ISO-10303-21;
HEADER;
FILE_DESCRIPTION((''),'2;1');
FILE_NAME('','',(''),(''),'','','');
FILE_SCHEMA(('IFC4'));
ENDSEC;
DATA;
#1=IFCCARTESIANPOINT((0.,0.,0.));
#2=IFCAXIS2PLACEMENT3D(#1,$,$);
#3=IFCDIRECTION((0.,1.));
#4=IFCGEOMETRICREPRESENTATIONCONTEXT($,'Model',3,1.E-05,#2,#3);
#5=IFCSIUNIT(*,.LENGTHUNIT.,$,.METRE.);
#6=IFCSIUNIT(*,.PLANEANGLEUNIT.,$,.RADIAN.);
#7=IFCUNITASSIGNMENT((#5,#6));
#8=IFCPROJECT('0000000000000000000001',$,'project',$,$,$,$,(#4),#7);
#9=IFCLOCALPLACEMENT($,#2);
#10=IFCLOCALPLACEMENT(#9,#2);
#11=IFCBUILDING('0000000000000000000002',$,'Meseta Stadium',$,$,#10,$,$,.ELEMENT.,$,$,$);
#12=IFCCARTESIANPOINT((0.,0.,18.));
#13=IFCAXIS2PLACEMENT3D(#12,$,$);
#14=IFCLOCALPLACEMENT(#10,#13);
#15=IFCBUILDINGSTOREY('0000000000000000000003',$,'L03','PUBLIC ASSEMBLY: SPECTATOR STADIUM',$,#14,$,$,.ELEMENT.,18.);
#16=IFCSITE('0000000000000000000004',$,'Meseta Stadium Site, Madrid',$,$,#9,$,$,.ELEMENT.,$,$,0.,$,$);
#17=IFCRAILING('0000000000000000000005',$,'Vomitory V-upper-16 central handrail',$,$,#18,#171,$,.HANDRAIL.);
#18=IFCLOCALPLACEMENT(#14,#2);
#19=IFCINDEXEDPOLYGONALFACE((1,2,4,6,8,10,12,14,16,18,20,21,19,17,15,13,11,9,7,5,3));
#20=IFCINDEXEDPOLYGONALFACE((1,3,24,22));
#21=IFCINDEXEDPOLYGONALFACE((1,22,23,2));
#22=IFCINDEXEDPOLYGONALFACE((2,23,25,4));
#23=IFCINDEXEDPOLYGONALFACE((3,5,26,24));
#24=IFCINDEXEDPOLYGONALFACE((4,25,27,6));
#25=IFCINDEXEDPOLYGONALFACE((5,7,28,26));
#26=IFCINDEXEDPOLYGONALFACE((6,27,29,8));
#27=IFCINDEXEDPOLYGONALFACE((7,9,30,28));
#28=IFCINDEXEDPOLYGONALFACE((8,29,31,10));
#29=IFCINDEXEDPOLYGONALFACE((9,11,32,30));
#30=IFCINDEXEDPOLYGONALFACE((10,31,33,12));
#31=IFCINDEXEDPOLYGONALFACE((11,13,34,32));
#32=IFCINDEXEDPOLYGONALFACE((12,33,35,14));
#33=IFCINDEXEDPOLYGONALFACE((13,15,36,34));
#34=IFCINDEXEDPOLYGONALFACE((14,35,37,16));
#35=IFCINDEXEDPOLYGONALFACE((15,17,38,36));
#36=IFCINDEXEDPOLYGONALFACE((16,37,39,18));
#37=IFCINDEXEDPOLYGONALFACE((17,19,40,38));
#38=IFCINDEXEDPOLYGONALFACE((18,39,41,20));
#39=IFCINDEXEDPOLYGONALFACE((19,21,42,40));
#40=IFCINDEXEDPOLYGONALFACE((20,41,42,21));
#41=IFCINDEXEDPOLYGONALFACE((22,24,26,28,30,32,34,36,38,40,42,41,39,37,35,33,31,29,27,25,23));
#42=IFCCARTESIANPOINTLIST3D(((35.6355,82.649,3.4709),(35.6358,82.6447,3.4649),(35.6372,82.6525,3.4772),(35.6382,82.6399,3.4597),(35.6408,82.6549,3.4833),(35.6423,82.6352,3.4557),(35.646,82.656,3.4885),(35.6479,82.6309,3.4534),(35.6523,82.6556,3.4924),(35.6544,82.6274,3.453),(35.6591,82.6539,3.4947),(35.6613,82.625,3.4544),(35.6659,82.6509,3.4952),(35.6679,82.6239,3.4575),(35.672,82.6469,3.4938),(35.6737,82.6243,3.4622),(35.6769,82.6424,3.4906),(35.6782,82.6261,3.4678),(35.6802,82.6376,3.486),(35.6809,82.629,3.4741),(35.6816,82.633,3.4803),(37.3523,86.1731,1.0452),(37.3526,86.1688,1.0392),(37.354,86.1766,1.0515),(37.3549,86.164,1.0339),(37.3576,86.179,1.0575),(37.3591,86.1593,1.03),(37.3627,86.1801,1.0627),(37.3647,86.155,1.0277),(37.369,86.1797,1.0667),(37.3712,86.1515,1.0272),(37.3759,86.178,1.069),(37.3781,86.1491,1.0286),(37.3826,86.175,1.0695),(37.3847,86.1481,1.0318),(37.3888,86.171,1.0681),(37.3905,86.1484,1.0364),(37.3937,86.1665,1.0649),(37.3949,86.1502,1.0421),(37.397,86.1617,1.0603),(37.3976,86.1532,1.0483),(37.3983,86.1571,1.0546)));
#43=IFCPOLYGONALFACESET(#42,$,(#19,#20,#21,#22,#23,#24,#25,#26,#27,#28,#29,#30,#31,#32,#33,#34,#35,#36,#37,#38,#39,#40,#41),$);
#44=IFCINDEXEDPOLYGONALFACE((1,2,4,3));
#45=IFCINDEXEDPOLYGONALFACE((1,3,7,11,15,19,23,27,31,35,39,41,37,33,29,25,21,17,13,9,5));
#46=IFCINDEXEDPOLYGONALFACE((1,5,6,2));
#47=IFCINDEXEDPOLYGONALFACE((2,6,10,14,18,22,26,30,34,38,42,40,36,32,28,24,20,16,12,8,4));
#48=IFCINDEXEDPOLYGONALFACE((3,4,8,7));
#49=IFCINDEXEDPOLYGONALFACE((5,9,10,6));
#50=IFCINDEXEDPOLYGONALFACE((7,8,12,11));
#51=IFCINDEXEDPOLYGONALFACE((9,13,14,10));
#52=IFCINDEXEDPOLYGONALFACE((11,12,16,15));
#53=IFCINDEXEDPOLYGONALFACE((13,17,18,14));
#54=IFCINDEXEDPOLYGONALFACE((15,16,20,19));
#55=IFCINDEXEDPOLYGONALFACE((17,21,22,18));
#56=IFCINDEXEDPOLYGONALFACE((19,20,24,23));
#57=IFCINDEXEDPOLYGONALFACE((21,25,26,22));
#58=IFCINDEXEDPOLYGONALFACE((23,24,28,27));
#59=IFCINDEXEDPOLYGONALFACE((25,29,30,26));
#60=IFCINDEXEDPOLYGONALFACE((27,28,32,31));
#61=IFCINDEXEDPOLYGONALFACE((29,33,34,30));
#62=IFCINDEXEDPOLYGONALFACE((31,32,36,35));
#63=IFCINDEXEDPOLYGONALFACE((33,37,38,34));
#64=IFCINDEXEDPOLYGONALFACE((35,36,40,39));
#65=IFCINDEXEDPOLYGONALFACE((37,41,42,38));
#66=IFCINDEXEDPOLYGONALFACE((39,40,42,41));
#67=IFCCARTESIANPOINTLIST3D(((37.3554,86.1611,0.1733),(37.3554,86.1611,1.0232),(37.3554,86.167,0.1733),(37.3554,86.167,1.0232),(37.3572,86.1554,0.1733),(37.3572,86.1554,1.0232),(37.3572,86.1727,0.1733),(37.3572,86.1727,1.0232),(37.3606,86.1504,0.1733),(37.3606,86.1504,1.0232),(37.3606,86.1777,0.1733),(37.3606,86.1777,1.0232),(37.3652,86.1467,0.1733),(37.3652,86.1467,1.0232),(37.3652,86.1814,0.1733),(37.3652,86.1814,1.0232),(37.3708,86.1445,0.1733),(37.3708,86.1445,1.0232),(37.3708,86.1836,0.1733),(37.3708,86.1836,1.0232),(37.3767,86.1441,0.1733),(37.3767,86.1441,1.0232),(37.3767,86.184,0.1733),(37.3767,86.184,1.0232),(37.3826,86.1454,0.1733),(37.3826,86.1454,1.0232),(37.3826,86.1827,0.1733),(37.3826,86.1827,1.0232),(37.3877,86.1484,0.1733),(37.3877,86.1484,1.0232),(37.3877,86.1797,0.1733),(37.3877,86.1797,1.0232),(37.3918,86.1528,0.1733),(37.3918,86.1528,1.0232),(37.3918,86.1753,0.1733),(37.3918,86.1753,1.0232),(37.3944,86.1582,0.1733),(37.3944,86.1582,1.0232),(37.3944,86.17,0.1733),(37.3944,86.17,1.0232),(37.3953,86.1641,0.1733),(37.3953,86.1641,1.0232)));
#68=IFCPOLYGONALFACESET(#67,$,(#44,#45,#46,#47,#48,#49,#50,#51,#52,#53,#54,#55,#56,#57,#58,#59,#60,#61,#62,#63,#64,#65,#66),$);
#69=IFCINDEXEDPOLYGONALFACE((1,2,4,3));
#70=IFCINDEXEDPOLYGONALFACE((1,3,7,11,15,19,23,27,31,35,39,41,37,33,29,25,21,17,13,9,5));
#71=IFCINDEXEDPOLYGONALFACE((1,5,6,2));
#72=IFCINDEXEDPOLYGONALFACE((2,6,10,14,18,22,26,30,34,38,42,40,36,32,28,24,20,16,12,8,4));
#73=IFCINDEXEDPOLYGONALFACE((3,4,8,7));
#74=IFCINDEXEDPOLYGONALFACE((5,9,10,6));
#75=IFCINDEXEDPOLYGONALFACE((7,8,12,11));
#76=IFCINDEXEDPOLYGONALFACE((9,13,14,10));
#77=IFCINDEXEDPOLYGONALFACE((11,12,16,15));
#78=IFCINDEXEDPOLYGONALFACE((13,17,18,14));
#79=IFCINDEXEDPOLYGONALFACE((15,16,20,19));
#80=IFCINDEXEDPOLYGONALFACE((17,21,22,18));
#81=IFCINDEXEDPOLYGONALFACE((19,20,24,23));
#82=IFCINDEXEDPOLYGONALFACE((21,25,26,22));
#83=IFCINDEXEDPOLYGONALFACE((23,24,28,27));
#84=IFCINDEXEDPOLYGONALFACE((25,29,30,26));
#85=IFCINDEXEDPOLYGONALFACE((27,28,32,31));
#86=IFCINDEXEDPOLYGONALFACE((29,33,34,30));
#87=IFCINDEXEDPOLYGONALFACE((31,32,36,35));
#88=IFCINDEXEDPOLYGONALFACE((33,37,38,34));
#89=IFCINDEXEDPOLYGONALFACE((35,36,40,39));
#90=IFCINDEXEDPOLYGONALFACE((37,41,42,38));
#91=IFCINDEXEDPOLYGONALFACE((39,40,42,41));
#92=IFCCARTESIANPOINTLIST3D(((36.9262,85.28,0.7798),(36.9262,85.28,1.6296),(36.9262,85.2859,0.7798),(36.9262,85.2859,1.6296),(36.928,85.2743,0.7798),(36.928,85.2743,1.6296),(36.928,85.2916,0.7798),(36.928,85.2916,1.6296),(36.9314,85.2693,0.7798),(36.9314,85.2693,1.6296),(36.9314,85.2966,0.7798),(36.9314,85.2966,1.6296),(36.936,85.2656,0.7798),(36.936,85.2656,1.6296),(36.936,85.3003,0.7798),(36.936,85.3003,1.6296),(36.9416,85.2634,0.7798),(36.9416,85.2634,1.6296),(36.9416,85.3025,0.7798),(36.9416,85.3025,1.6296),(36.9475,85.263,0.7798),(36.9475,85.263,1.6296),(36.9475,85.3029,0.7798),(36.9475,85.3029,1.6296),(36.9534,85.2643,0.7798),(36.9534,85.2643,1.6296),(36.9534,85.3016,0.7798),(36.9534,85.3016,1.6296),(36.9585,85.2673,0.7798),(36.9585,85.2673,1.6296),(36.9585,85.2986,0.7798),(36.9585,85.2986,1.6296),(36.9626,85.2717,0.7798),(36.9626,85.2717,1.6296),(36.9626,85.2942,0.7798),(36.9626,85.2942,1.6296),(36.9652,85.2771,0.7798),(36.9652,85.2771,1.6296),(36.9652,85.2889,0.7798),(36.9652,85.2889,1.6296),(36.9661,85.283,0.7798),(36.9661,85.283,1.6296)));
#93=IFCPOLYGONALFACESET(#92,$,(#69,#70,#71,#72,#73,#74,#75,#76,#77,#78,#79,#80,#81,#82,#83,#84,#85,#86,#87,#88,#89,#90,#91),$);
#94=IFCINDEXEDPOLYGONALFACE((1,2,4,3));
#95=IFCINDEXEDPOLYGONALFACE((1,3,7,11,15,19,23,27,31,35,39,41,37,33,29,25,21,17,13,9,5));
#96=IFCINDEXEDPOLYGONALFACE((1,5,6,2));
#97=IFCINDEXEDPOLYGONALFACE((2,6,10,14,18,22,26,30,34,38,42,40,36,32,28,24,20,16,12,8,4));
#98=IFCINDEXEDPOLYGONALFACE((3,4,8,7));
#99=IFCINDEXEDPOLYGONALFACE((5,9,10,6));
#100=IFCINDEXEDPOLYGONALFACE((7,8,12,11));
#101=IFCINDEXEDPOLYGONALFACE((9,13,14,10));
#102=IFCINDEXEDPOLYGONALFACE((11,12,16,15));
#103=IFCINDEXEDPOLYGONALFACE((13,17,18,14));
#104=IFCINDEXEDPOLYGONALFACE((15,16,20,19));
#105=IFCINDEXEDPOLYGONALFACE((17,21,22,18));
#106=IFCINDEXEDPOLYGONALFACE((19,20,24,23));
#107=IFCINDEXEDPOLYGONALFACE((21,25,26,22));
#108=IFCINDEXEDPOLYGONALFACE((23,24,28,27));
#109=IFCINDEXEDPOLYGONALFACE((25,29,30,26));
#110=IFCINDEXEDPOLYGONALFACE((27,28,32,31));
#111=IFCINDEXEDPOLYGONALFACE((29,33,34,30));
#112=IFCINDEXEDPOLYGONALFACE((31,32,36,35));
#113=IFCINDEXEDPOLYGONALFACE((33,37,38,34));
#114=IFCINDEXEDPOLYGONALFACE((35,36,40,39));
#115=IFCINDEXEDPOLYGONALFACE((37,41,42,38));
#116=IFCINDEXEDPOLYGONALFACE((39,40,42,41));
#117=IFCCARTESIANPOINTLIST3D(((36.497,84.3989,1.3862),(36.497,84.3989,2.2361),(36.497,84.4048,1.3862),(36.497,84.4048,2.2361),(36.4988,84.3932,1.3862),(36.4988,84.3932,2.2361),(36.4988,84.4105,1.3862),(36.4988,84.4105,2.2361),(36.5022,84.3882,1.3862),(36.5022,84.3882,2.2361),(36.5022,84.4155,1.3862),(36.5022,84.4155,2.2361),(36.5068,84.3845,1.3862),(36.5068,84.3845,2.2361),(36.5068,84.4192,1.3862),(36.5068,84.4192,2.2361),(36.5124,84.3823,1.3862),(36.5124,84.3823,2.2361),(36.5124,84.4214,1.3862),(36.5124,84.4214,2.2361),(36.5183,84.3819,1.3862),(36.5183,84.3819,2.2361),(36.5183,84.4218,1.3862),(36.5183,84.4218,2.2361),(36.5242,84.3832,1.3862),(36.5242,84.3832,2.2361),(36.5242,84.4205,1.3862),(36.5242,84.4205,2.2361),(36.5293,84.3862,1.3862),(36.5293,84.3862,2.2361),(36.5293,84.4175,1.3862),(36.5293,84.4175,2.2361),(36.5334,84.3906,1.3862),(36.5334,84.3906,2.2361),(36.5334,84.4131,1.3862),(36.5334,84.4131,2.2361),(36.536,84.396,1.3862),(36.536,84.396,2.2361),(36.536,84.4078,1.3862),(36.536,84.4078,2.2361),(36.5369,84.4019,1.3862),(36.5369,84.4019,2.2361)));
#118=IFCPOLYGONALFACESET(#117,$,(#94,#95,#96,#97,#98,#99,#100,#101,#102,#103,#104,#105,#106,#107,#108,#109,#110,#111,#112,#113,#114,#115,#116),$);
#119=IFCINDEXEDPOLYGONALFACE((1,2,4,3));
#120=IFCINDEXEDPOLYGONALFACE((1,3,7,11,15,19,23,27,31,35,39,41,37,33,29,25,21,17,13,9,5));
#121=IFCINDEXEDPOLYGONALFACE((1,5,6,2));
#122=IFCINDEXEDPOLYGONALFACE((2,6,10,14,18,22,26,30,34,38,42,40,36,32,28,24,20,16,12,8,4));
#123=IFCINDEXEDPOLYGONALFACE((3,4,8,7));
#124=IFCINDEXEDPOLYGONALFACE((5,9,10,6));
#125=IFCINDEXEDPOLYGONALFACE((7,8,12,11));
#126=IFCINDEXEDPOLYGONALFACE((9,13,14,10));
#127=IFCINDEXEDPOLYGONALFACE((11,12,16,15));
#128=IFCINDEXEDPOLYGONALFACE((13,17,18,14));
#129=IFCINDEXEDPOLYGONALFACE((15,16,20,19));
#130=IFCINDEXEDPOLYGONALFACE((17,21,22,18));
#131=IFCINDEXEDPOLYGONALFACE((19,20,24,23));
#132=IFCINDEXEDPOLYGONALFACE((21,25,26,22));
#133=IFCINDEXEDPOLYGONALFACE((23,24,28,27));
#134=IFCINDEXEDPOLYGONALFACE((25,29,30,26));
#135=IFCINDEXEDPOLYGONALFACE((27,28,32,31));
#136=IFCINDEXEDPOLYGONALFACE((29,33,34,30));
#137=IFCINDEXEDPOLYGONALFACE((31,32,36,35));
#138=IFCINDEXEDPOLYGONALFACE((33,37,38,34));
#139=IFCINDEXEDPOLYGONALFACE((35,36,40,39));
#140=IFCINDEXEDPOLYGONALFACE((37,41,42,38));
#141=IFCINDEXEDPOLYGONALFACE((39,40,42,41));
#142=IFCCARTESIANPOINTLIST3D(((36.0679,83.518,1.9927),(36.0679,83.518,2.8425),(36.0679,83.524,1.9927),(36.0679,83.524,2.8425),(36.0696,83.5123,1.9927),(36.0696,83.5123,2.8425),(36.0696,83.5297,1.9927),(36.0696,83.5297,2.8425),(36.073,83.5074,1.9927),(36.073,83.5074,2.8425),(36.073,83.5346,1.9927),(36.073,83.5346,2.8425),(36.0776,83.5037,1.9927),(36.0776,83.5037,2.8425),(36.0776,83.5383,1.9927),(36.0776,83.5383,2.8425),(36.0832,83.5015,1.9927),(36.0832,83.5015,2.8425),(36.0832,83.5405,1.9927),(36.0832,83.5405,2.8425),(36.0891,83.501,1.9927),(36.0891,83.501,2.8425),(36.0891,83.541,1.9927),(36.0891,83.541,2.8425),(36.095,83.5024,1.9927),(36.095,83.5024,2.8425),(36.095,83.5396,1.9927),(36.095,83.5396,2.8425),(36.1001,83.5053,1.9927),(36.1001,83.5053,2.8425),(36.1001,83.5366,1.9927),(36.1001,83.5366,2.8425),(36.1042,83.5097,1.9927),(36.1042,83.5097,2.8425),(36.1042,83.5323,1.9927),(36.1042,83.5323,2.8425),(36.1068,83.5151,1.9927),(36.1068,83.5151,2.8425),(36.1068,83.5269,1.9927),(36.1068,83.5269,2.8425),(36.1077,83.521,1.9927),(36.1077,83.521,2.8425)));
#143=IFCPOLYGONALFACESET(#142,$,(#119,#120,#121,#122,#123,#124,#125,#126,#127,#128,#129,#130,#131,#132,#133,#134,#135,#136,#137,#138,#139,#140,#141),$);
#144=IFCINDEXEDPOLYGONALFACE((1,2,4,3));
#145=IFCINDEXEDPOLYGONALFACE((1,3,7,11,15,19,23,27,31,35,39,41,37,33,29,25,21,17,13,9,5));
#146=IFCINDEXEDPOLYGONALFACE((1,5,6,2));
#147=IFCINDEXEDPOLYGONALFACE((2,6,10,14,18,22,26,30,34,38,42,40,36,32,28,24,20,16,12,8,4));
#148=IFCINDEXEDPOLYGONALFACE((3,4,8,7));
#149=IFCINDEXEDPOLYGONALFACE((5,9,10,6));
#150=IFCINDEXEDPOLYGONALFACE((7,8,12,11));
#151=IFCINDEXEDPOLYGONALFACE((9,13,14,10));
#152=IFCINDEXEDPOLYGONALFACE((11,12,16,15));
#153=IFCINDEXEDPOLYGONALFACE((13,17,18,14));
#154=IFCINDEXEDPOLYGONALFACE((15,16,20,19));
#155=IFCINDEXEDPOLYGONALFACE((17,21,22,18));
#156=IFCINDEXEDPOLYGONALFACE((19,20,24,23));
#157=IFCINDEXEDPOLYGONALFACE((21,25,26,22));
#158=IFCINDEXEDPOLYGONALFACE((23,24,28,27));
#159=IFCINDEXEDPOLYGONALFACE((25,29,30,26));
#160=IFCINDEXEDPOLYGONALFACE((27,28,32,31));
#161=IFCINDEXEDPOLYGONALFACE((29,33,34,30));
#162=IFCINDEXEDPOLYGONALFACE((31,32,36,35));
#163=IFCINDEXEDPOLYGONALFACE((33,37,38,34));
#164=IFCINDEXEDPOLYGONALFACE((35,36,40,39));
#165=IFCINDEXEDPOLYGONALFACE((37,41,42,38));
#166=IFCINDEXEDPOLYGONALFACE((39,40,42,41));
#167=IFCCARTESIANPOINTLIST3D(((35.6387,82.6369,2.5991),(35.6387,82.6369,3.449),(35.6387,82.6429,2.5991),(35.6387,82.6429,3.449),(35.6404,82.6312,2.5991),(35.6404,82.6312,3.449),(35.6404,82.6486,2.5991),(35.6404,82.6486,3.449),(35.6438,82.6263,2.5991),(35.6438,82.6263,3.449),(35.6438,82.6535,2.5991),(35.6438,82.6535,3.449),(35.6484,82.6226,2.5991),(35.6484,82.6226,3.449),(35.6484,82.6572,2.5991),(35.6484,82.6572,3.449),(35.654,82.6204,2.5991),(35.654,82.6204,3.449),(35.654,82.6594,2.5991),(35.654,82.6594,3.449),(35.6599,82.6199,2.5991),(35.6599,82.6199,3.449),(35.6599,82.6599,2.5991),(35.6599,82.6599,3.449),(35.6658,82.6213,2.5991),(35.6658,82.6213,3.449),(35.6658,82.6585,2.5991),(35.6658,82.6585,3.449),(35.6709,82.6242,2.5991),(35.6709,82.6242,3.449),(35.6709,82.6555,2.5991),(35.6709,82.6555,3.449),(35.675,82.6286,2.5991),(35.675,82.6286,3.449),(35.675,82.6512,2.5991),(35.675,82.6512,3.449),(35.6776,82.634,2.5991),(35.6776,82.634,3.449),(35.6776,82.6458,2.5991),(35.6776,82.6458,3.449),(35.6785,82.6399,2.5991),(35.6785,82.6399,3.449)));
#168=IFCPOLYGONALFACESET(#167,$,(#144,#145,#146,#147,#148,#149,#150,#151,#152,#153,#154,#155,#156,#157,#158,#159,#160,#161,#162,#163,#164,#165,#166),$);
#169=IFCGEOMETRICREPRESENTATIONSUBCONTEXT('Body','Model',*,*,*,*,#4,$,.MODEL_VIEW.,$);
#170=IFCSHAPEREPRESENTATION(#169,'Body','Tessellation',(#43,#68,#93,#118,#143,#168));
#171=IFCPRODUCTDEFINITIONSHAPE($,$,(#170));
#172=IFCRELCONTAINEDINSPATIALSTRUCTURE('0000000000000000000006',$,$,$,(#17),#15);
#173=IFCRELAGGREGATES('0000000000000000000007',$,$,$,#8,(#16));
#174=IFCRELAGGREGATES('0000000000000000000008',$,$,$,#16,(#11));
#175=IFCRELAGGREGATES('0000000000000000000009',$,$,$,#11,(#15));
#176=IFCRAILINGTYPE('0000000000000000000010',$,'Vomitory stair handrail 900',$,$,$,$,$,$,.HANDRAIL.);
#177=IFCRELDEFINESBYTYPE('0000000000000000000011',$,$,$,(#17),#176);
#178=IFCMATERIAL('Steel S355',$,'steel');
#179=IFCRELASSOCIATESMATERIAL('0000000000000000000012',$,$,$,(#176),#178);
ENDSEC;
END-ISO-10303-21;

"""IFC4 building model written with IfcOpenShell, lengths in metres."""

from ifc_helpers import new_model, si_unit, direction, frame, origin, origin_2d, place, context, subcontext, project, spatial, circle, extrude, material, type_object, element, save


model = new_model("IFC4")

# Units and contexts
model_context = context("Model", 3, precision=1e-05, world=origin(), true_north=direction((0.0, 1.0)))
body_context = subcontext(model_context, "Body", "Model", "MODEL_VIEW")
ifc_project = project(units=[si_unit("LENGTHUNIT", "METRE"), si_unit("PLANEANGLEUNIT", "RADIAN")], contexts=[model_context])

# Site, building, storey
site_placement = place(None, origin())
site = spatial("IfcSite", under=ifc_project, at=site_placement, Name="Meseta Stadium Site, Madrid", CompositionType="ELEMENT", RefElevation=0.0)
building_placement = place(site_placement, origin())
building = spatial("IfcBuilding", under=site, at=building_placement, Name="Meseta Stadium", CompositionType="ELEMENT")
storey_placement = place(building_placement, frame((0.0, 0.0, 18.0)))
storey = spatial("IfcBuildingStorey", under=building, at=storey_placement, Name="L03", Description="PUBLIC ASSEMBLY: SPECTATOR STADIUM", CompositionType="ELEMENT", Elevation=18.0)

# Railing
ifc_material_1 = material(Name="Steel S355", Category="steel")
railing_type_1 = type_object("IfcRailingType", Name="Vomitory stair handrail 900", PredefinedType="HANDRAIL", material=ifc_material_1)
railing_1_placement = place(storey_placement, frame((37.3752, 86.1641, 0.1733)))
element("IfcRailing", 1, at=railing_1_placement, inside=storey, type_object=railing_type_1, Name="Vomitory V-upper-16 central handrail", PredefinedType="HANDRAIL", context=body_context, shape_type="SweptSolid", body=[
    extrude(circle(Radius=0.0249, at=origin_2d()), frame((0.0, 0.0, 0.875), z_axis=(-0.372412, -0.764471, 0.526206), x_axis=(0.899001, -0.437947, 0.0)), (0.0, 0.0, 1.0), 4.6099),
    extrude(circle(Radius=0.02, at=origin_2d()), origin(), (0.0, 0.0, 1.0), 0.8499),
    extrude(circle(Radius=0.02, at=origin_2d()), frame((-0.4292, -0.8811, 0.6064)), (0.0, 0.0, 1.0), 0.8499),
    extrude(circle(Radius=0.02, at=origin_2d()), frame((-0.8584, -1.7622, 1.2129)), (0.0, 0.0, 1.0), 0.8499),
    extrude(circle(Radius=0.02, at=origin_2d()), frame((-1.2876, -2.6431, 1.8193)), (0.0, 0.0, 1.0), 0.8499),
    extrude(circle(Radius=0.02, at=origin_2d()), frame((-1.7168, -3.5242, 2.4258)), (0.0, 0.0, 1.0), 0.8499),
])

save(model, "model.ifc")
